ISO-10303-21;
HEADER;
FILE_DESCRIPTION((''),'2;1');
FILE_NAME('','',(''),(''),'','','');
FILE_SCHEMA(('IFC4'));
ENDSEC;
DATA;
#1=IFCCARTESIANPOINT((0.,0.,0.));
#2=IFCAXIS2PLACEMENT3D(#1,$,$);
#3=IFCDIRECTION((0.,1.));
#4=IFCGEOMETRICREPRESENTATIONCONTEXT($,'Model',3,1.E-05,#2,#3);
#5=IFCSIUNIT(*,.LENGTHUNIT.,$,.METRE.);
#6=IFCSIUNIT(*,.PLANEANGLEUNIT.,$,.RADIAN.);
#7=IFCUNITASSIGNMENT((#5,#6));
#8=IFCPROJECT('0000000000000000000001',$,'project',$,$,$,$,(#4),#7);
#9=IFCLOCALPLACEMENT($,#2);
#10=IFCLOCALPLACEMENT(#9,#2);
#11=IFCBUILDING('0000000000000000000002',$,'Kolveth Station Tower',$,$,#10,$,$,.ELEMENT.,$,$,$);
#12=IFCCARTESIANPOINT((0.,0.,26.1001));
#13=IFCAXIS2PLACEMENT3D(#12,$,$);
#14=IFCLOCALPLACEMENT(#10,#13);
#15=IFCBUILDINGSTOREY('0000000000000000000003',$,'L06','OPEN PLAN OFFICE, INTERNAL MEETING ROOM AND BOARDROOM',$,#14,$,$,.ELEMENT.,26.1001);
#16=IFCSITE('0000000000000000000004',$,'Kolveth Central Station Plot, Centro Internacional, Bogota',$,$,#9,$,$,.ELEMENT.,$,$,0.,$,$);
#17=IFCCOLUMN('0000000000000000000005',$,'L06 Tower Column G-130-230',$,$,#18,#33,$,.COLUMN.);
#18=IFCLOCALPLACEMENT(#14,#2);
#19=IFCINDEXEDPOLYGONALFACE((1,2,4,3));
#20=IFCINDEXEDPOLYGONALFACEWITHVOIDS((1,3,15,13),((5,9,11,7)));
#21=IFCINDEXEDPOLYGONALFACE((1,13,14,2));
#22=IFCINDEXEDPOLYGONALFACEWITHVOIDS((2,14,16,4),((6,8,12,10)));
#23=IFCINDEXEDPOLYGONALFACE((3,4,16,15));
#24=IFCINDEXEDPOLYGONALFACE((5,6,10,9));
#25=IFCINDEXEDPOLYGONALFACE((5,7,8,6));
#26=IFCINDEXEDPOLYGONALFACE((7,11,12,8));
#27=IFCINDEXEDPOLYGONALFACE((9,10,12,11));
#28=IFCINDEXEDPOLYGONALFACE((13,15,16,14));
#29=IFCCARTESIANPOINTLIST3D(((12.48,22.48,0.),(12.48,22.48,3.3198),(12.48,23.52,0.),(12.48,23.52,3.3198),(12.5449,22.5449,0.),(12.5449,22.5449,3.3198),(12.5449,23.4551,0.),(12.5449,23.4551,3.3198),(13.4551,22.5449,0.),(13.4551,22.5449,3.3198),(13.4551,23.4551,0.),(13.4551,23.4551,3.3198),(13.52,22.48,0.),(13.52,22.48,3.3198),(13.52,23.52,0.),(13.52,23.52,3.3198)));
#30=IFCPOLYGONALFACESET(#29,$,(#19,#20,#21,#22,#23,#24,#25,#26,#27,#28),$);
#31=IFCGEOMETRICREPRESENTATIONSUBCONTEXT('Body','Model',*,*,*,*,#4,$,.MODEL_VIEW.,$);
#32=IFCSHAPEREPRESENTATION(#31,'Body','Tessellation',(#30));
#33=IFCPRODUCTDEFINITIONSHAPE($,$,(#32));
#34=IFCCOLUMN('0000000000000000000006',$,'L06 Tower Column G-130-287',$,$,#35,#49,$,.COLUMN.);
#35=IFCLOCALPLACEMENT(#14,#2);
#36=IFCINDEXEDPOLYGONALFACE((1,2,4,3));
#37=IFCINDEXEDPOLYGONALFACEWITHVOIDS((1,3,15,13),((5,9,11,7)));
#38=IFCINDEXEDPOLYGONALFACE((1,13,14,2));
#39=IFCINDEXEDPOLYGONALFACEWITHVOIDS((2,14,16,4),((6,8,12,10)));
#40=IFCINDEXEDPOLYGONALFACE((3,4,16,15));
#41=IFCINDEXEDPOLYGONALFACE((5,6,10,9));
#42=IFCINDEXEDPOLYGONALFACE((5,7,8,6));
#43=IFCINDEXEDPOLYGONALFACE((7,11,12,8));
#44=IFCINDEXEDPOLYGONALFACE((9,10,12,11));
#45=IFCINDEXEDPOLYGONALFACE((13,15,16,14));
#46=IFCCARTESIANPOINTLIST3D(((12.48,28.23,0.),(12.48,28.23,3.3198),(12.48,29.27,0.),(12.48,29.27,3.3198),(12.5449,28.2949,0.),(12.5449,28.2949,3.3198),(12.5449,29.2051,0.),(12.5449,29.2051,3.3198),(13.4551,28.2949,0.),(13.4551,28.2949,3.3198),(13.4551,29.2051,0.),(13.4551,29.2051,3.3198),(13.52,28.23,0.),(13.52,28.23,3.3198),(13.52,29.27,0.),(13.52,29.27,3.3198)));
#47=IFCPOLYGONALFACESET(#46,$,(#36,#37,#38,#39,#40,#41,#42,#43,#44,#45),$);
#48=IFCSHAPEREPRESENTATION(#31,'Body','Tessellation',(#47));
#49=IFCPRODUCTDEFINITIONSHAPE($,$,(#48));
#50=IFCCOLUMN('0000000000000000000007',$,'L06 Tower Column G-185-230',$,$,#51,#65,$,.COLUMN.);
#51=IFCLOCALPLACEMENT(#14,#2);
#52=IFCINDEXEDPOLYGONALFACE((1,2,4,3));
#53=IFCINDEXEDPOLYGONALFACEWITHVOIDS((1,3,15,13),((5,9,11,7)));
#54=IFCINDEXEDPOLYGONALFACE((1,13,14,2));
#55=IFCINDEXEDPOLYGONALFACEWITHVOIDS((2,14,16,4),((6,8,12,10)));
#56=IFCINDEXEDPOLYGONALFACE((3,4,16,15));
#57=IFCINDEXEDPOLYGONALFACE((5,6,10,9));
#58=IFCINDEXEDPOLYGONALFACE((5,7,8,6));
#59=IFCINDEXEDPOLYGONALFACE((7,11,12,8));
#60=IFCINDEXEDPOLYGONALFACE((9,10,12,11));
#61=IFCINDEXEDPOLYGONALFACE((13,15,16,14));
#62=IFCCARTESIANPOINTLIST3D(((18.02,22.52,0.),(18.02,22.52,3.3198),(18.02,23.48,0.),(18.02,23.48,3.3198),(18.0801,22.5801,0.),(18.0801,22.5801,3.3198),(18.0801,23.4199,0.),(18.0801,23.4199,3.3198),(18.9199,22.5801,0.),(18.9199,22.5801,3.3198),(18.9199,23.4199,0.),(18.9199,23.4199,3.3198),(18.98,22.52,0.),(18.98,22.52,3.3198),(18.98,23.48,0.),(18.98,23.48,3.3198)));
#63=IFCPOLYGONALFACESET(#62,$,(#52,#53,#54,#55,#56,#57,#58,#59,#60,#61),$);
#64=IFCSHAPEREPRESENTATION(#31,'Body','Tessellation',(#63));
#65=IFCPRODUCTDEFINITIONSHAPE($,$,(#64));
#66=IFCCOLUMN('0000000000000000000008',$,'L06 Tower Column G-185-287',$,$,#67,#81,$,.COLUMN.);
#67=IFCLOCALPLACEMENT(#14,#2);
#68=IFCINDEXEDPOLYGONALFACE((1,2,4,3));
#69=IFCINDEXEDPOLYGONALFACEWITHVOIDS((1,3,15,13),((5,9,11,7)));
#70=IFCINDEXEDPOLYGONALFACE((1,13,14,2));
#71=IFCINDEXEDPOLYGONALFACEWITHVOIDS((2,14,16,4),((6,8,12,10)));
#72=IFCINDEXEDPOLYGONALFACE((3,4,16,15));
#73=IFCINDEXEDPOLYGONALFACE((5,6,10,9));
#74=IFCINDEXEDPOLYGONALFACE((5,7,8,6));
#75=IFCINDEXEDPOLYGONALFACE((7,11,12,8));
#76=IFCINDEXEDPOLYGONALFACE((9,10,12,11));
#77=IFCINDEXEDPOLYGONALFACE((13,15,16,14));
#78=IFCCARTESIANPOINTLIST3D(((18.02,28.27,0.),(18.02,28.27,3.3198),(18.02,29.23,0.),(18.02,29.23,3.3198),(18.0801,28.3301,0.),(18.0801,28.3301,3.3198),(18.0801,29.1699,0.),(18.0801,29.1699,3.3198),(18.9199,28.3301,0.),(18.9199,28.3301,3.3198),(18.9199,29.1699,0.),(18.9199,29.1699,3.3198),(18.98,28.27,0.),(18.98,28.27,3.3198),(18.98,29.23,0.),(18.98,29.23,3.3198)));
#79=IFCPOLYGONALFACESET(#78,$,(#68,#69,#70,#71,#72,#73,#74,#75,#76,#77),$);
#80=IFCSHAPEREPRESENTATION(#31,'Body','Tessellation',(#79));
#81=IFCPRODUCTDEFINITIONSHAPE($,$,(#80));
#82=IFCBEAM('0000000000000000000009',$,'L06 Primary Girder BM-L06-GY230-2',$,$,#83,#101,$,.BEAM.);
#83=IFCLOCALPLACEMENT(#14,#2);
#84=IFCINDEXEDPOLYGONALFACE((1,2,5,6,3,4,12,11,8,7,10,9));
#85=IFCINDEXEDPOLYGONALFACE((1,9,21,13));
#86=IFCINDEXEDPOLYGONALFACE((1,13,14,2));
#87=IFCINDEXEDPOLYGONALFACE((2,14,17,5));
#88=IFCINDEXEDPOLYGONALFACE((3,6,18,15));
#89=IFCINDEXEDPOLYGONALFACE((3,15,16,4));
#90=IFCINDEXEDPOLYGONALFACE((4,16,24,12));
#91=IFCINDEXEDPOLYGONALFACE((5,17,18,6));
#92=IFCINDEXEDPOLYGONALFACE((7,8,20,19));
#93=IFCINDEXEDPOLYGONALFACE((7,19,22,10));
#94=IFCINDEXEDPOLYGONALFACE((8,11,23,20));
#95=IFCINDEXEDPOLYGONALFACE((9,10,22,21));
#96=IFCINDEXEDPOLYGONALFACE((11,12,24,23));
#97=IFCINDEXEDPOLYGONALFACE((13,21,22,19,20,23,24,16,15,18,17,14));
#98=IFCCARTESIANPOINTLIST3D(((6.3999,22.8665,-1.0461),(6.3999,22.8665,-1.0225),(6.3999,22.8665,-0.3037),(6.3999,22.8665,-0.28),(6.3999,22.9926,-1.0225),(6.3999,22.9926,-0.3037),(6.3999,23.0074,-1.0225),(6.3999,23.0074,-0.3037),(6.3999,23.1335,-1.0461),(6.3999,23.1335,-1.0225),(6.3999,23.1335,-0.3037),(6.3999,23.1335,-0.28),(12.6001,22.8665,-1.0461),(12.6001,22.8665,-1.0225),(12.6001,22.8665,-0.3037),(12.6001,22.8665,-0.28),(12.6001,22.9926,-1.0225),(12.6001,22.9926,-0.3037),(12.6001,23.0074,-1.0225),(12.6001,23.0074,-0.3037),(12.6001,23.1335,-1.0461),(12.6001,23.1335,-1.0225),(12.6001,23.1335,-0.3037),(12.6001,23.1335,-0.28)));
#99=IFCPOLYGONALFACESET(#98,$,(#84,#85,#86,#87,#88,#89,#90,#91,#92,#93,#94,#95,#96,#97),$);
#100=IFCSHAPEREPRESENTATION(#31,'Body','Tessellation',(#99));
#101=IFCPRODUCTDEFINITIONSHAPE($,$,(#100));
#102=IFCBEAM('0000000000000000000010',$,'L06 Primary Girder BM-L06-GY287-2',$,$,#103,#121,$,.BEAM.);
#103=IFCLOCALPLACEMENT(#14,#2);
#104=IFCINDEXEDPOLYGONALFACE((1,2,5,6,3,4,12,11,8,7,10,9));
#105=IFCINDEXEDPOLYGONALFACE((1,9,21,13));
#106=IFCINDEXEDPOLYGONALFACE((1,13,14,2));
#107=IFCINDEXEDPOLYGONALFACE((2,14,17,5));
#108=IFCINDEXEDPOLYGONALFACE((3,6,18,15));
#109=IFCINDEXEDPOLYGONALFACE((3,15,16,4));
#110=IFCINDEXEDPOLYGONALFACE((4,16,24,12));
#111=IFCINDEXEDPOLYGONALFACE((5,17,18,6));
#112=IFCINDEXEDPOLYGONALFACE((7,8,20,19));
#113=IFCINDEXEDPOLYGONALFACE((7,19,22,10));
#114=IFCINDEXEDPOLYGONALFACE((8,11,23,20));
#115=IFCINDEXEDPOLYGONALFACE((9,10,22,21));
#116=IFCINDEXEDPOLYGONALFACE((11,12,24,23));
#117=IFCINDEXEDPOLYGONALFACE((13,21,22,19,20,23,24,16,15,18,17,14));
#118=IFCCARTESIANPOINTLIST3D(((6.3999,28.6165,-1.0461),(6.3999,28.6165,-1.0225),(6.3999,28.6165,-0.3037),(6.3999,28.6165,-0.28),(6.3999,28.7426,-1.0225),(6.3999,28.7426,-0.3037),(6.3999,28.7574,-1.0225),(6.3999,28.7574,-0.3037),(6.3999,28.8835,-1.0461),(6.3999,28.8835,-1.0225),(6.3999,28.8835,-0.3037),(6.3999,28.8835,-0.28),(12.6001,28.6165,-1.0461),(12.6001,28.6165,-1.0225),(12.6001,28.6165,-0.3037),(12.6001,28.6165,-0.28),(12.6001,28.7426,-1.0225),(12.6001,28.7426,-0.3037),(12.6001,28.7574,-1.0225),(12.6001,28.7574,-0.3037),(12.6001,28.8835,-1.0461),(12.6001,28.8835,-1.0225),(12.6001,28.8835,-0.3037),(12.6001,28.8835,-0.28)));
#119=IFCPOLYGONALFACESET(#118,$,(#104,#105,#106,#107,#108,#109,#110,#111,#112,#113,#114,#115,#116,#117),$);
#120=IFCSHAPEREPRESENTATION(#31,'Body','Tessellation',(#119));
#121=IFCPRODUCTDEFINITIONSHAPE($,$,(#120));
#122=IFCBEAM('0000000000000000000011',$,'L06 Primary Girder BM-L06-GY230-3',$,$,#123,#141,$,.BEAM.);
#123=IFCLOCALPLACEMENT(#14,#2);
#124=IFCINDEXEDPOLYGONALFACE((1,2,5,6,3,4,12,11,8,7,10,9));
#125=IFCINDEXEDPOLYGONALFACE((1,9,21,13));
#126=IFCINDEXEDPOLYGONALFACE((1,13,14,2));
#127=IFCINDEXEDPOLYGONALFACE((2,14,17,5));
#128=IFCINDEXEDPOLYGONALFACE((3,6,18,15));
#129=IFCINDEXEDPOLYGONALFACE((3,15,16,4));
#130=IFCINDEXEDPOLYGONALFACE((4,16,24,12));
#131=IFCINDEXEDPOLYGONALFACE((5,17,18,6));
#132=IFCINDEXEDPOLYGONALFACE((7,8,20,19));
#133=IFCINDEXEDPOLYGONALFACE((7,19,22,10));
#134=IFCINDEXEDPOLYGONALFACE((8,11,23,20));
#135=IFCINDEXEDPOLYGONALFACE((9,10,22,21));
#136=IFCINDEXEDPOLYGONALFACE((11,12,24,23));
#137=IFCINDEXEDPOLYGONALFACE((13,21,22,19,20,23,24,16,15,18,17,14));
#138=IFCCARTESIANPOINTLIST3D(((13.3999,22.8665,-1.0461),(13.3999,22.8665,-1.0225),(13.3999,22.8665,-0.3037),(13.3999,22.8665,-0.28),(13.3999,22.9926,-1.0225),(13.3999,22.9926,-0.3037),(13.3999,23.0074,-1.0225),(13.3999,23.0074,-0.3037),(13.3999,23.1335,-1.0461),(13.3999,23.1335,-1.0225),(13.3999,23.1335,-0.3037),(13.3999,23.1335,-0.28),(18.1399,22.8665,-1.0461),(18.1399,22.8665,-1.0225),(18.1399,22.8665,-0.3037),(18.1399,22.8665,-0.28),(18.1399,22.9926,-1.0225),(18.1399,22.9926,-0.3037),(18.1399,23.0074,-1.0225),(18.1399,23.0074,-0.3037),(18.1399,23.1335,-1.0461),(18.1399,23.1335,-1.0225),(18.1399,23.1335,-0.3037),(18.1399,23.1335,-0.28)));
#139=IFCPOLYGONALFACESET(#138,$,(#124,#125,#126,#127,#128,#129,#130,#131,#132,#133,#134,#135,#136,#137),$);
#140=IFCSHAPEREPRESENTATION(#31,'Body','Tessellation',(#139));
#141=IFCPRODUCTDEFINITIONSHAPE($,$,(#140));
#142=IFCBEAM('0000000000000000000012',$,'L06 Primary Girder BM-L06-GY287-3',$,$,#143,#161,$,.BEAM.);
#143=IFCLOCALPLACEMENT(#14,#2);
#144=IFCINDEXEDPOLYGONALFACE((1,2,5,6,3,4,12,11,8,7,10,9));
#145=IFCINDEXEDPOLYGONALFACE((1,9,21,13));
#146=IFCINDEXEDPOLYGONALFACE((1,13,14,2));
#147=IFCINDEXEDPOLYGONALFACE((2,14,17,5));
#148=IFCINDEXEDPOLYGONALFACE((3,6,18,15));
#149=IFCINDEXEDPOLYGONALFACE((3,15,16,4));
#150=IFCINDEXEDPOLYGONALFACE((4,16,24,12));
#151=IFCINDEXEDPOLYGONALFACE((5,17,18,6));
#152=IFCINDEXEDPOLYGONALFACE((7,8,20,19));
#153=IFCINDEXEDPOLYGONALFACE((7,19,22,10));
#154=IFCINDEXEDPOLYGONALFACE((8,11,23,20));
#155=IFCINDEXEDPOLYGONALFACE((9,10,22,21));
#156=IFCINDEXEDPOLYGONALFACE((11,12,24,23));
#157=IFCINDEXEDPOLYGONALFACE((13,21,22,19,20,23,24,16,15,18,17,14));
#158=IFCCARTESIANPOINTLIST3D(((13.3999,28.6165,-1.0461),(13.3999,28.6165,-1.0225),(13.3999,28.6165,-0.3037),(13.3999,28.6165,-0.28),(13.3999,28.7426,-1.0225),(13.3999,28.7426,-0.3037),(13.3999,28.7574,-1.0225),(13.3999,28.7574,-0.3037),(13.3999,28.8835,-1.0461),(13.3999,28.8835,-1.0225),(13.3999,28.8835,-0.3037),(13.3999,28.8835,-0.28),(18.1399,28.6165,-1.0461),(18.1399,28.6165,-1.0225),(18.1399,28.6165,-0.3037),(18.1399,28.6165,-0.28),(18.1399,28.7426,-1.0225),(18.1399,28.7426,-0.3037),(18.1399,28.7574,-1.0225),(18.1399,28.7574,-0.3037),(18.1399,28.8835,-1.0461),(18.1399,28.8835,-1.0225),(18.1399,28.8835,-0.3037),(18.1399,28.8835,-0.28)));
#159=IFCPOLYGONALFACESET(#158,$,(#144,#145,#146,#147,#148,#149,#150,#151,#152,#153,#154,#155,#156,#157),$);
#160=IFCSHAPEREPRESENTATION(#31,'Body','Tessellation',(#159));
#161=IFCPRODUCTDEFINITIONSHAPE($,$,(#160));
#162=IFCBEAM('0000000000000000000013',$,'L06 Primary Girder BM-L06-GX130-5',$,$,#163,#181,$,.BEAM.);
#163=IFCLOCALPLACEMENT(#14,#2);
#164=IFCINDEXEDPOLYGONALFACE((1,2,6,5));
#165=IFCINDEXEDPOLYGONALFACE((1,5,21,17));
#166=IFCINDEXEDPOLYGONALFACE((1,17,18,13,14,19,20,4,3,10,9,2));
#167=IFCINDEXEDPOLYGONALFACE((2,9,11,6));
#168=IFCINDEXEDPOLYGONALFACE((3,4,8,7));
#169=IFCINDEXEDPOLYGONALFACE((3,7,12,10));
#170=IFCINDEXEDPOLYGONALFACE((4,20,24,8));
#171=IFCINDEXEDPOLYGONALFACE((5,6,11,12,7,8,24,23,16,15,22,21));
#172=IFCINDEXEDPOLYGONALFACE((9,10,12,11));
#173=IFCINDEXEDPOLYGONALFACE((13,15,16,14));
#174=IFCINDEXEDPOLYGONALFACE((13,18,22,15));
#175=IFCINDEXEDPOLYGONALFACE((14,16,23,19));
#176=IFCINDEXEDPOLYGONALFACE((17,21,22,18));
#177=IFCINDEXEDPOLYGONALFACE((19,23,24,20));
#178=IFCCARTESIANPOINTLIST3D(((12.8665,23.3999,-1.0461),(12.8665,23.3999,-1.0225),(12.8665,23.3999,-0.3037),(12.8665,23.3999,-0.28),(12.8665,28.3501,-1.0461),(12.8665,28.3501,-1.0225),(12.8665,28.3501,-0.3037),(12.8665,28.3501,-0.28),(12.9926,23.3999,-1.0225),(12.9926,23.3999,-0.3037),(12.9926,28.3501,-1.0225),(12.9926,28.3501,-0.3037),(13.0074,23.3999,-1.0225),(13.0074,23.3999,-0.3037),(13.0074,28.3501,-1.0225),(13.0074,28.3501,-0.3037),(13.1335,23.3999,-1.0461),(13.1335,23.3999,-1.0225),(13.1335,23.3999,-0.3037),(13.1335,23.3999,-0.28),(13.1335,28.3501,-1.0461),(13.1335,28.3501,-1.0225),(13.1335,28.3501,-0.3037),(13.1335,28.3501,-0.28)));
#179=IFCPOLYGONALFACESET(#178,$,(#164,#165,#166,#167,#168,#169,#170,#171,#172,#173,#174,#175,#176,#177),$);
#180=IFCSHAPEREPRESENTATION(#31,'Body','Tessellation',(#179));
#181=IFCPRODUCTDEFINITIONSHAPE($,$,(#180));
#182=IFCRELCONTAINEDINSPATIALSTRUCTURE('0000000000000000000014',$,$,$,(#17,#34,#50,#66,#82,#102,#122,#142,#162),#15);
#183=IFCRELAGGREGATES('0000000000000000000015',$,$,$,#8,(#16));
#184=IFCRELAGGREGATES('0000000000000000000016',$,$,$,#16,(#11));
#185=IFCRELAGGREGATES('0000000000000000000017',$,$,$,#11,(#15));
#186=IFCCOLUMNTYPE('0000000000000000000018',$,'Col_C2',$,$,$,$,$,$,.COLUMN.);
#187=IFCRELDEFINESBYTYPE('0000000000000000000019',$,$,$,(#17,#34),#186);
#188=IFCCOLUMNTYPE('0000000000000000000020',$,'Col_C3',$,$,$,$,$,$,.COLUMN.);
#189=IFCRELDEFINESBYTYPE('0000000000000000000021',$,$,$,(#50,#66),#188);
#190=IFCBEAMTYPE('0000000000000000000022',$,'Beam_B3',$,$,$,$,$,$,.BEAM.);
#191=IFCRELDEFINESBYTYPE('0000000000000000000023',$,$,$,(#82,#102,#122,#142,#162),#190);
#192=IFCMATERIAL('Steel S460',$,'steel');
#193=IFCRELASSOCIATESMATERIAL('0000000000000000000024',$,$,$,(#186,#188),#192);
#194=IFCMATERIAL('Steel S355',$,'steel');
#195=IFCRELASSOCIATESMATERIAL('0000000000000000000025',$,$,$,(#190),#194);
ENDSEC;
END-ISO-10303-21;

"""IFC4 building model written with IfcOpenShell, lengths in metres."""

from ifc_helpers import new_model, si_unit, direction, frame, origin, origin_2d, place, context, subcontext, project, spatial, hollow_rectangle, i_section, extrude, source, transform, mapped, material, material_profile, profile_set, type_object, element, save


model = new_model("IFC4")

# Units and contexts
model_context = context("Model", 3, precision=1e-05, world=origin(), true_north=direction((0.0, 1.0)))
body_context = subcontext(model_context, "Body", "Model", "MODEL_VIEW")
ifc_project = project(units=[si_unit("LENGTHUNIT", "METRE"), si_unit("PLANEANGLEUNIT", "RADIAN")], contexts=[model_context])

# Site, building, storey
site_placement = place(None, origin())
site = spatial("IfcSite", under=ifc_project, at=site_placement, Name="Kolveth Central Station Plot, Centro Internacional, Bogota", CompositionType="ELEMENT", RefElevation=0.0)
building_placement = place(site_placement, origin())
building = spatial("IfcBuilding", under=site, at=building_placement, Name="Kolveth Station Tower", CompositionType="ELEMENT")
storey_placement = place(building_placement, frame((0.0, 0.0, 26.1001)))
storey = spatial("IfcBuildingStorey", under=building, at=storey_placement, Name="L06", Description="OPEN PLAN OFFICE, INTERNAL MEETING ROOM AND BOARDROOM", CompositionType="ELEMENT", Elevation=26.1001)

# Columns
ifc_material_1 = material(Name="Steel S460", Category="steel")
ifc_material_profile_1 = material_profile(ifc_material_1, hollow_rectangle(XDim=1.04, YDim=1.04, WallThickness=0.0649, at=origin_2d()), Name="BOX1040x1040x65")
ifc_profile_set_1 = profile_set([ifc_material_profile_1], Name="Steel S460")
column_type_1 = type_object("IfcColumnType", Name="Col_C2", PredefinedType="COLUMN", material=ifc_profile_set_1)
shared_shape_1 = source(origin(), body_context, "Body", "SweptSolid", [
    extrude(hollow_rectangle(XDim=1.04, YDim=1.04, WallThickness=0.0649, at=origin_2d()), origin(), (0.0, 0.0, 1.0), 3.3198),
])
for number, where, z_axis, x_axis, name in (
    (1, (13.0, 23.0, 0.0), (0.0, 0.0, 1.0), (1.0, 0.0, 0.0), "L06 Tower Column G-130-230"),
    (2, (13.0, 28.75, 0.0), (0.0, 0.0, 1.0), (1.0, 0.0, 0.0), "L06 Tower Column G-130-287"),
):
    element("IfcColumn", number, at=place(storey_placement, frame(where, z_axis=z_axis, x_axis=x_axis)), inside=storey, type_object=column_type_1, Name=name, PredefinedType="COLUMN", context=body_context, shape_type="MappedRepresentation", body=[
        mapped(shared_shape_1, transform((0.0, 0.0, 0.0), x_axis=(1.0, 0.0, 0.0), y_axis=(0.0, 1.0, 0.0), z_axis=(0.0, 0.0, 1.0), scale=1.0)),
    ])
ifc_material_profile_2 = material_profile(ifc_material_1, hollow_rectangle(XDim=0.96, YDim=0.96, WallThickness=0.0601, at=origin_2d()), Name="BOX960x960x60")
ifc_profile_set_2 = profile_set([ifc_material_profile_2], Name="Steel S460")
column_type_2 = type_object("IfcColumnType", Name="Col_C3", PredefinedType="COLUMN", material=ifc_profile_set_2)
shared_shape_2 = source(origin(), body_context, "Body", "SweptSolid", [
    extrude(hollow_rectangle(XDim=0.96, YDim=0.96, WallThickness=0.0601, at=origin_2d()), origin(), (0.0, 0.0, 1.0), 3.3198),
])
for number, where, z_axis, x_axis, name in (
    (3, (18.5, 23.0, 0.0), (0.0, 0.0, 1.0), (1.0, 0.0, 0.0), "L06 Tower Column G-185-230"),
    (4, (18.5, 28.75, 0.0), (0.0, 0.0, 1.0), (1.0, 0.0, 0.0), "L06 Tower Column G-185-287"),
):
    element("IfcColumn", number, at=place(storey_placement, frame(where, z_axis=z_axis, x_axis=x_axis)), inside=storey, type_object=column_type_2, Name=name, PredefinedType="COLUMN", context=body_context, shape_type="MappedRepresentation", body=[
        mapped(shared_shape_2, transform((0.0, 0.0, 0.0), x_axis=(1.0, 0.0, 0.0), y_axis=(0.0, 1.0, 0.0), z_axis=(0.0, 0.0, 1.0), scale=1.0)),
    ])

# Beams
ifc_material_2 = material(Name="Steel S355", Category="steel")
ifc_material_profile_3 = material_profile(ifc_material_2, i_section(OverallWidth=0.2671, OverallDepth=0.7661, WebThickness=0.0149, FlangeThickness=0.0237, at=origin_2d()), Name="W760x185")
ifc_profile_set_3 = profile_set([ifc_material_profile_3], Name="Steel S355")
beam_type_1 = type_object("IfcBeamType", Name="Beam_B3", PredefinedType="BEAM", material=ifc_profile_set_3)
shared_shape_3 = source(origin(), body_context, "Body", "SweptSolid", [
    extrude(i_section(OverallWidth=0.2671, OverallDepth=0.7661, WebThickness=0.0149, FlangeThickness=0.0237, at=origin_2d()), origin(), (0.0, 0.0, 1.0), 6.2002),
])
for number, where, z_axis, x_axis, name in (
    (5, (6.3999, 23.0, -0.6631), (1.0, 0.0, 0.0), (0.0, 1.0, 0.0), "L06 Primary Girder BM-L06-GY230-2"),
    (6, (6.3999, 28.75, -0.6631), (1.0, 0.0, 0.0), (0.0, 1.0, 0.0), "L06 Primary Girder BM-L06-GY287-2"),
):
    element("IfcBeam", number, at=place(storey_placement, frame(where, z_axis=z_axis, x_axis=x_axis)), inside=storey, type_object=beam_type_1, Name=name, PredefinedType="BEAM", context=body_context, shape_type="MappedRepresentation", body=[
        mapped(shared_shape_3, transform((0.0, 0.0, 0.0), x_axis=(1.0, 0.0, 0.0), y_axis=(0.0, 1.0, 0.0), z_axis=(0.0, 0.0, 1.0), scale=1.0)),
    ])
shared_shape_4 = source(origin(), body_context, "Body", "SweptSolid", [
    extrude(i_section(OverallWidth=0.2671, OverallDepth=0.7661, WebThickness=0.0149, FlangeThickness=0.0237, at=origin_2d()), origin(), (0.0, 0.0, 1.0), 4.74),
])
for number, where, z_axis, x_axis, name in (
    (7, (13.3999, 23.0, -0.6631), (1.0, 0.0, 0.0), (0.0, 1.0, 0.0), "L06 Primary Girder BM-L06-GY230-3"),
    (8, (13.3999, 28.75, -0.6631), (1.0, 0.0, 0.0), (0.0, 1.0, 0.0), "L06 Primary Girder BM-L06-GY287-3"),
):
    element("IfcBeam", number, at=place(storey_placement, frame(where, z_axis=z_axis, x_axis=x_axis)), inside=storey, type_object=beam_type_1, Name=name, PredefinedType="BEAM", context=body_context, shape_type="MappedRepresentation", body=[
        mapped(shared_shape_4, transform((0.0, 0.0, 0.0), x_axis=(1.0, 0.0, 0.0), y_axis=(0.0, 1.0, 0.0), z_axis=(0.0, 0.0, 1.0), scale=1.0)),
    ])
shared_shape_5 = source(origin(), body_context, "Body", "SweptSolid", [
    extrude(i_section(OverallWidth=0.2671, OverallDepth=0.7661, WebThickness=0.0149, FlangeThickness=0.0237, at=origin_2d()), origin(), (0.0, 0.0, 1.0), 4.9502),
])
beam_1_placement = place(storey_placement, frame((13.0, 23.3999, -0.6631), z_axis=(0.0, 1.0, 0.0), x_axis=(-1.0, 0.0, 0.0)))
element("IfcBeam", 9, at=beam_1_placement, inside=storey, type_object=beam_type_1, Name="L06 Primary Girder BM-L06-GX130-5", PredefinedType="BEAM", context=body_context, shape_type="MappedRepresentation", body=[
    mapped(shared_shape_5, transform((0.0, 0.0, 0.0), x_axis=(1.0, 0.0, 0.0), y_axis=(0.0, 1.0, 0.0), z_axis=(0.0, 0.0, 1.0), scale=1.0)),
])

save(model, "model.ifc")
